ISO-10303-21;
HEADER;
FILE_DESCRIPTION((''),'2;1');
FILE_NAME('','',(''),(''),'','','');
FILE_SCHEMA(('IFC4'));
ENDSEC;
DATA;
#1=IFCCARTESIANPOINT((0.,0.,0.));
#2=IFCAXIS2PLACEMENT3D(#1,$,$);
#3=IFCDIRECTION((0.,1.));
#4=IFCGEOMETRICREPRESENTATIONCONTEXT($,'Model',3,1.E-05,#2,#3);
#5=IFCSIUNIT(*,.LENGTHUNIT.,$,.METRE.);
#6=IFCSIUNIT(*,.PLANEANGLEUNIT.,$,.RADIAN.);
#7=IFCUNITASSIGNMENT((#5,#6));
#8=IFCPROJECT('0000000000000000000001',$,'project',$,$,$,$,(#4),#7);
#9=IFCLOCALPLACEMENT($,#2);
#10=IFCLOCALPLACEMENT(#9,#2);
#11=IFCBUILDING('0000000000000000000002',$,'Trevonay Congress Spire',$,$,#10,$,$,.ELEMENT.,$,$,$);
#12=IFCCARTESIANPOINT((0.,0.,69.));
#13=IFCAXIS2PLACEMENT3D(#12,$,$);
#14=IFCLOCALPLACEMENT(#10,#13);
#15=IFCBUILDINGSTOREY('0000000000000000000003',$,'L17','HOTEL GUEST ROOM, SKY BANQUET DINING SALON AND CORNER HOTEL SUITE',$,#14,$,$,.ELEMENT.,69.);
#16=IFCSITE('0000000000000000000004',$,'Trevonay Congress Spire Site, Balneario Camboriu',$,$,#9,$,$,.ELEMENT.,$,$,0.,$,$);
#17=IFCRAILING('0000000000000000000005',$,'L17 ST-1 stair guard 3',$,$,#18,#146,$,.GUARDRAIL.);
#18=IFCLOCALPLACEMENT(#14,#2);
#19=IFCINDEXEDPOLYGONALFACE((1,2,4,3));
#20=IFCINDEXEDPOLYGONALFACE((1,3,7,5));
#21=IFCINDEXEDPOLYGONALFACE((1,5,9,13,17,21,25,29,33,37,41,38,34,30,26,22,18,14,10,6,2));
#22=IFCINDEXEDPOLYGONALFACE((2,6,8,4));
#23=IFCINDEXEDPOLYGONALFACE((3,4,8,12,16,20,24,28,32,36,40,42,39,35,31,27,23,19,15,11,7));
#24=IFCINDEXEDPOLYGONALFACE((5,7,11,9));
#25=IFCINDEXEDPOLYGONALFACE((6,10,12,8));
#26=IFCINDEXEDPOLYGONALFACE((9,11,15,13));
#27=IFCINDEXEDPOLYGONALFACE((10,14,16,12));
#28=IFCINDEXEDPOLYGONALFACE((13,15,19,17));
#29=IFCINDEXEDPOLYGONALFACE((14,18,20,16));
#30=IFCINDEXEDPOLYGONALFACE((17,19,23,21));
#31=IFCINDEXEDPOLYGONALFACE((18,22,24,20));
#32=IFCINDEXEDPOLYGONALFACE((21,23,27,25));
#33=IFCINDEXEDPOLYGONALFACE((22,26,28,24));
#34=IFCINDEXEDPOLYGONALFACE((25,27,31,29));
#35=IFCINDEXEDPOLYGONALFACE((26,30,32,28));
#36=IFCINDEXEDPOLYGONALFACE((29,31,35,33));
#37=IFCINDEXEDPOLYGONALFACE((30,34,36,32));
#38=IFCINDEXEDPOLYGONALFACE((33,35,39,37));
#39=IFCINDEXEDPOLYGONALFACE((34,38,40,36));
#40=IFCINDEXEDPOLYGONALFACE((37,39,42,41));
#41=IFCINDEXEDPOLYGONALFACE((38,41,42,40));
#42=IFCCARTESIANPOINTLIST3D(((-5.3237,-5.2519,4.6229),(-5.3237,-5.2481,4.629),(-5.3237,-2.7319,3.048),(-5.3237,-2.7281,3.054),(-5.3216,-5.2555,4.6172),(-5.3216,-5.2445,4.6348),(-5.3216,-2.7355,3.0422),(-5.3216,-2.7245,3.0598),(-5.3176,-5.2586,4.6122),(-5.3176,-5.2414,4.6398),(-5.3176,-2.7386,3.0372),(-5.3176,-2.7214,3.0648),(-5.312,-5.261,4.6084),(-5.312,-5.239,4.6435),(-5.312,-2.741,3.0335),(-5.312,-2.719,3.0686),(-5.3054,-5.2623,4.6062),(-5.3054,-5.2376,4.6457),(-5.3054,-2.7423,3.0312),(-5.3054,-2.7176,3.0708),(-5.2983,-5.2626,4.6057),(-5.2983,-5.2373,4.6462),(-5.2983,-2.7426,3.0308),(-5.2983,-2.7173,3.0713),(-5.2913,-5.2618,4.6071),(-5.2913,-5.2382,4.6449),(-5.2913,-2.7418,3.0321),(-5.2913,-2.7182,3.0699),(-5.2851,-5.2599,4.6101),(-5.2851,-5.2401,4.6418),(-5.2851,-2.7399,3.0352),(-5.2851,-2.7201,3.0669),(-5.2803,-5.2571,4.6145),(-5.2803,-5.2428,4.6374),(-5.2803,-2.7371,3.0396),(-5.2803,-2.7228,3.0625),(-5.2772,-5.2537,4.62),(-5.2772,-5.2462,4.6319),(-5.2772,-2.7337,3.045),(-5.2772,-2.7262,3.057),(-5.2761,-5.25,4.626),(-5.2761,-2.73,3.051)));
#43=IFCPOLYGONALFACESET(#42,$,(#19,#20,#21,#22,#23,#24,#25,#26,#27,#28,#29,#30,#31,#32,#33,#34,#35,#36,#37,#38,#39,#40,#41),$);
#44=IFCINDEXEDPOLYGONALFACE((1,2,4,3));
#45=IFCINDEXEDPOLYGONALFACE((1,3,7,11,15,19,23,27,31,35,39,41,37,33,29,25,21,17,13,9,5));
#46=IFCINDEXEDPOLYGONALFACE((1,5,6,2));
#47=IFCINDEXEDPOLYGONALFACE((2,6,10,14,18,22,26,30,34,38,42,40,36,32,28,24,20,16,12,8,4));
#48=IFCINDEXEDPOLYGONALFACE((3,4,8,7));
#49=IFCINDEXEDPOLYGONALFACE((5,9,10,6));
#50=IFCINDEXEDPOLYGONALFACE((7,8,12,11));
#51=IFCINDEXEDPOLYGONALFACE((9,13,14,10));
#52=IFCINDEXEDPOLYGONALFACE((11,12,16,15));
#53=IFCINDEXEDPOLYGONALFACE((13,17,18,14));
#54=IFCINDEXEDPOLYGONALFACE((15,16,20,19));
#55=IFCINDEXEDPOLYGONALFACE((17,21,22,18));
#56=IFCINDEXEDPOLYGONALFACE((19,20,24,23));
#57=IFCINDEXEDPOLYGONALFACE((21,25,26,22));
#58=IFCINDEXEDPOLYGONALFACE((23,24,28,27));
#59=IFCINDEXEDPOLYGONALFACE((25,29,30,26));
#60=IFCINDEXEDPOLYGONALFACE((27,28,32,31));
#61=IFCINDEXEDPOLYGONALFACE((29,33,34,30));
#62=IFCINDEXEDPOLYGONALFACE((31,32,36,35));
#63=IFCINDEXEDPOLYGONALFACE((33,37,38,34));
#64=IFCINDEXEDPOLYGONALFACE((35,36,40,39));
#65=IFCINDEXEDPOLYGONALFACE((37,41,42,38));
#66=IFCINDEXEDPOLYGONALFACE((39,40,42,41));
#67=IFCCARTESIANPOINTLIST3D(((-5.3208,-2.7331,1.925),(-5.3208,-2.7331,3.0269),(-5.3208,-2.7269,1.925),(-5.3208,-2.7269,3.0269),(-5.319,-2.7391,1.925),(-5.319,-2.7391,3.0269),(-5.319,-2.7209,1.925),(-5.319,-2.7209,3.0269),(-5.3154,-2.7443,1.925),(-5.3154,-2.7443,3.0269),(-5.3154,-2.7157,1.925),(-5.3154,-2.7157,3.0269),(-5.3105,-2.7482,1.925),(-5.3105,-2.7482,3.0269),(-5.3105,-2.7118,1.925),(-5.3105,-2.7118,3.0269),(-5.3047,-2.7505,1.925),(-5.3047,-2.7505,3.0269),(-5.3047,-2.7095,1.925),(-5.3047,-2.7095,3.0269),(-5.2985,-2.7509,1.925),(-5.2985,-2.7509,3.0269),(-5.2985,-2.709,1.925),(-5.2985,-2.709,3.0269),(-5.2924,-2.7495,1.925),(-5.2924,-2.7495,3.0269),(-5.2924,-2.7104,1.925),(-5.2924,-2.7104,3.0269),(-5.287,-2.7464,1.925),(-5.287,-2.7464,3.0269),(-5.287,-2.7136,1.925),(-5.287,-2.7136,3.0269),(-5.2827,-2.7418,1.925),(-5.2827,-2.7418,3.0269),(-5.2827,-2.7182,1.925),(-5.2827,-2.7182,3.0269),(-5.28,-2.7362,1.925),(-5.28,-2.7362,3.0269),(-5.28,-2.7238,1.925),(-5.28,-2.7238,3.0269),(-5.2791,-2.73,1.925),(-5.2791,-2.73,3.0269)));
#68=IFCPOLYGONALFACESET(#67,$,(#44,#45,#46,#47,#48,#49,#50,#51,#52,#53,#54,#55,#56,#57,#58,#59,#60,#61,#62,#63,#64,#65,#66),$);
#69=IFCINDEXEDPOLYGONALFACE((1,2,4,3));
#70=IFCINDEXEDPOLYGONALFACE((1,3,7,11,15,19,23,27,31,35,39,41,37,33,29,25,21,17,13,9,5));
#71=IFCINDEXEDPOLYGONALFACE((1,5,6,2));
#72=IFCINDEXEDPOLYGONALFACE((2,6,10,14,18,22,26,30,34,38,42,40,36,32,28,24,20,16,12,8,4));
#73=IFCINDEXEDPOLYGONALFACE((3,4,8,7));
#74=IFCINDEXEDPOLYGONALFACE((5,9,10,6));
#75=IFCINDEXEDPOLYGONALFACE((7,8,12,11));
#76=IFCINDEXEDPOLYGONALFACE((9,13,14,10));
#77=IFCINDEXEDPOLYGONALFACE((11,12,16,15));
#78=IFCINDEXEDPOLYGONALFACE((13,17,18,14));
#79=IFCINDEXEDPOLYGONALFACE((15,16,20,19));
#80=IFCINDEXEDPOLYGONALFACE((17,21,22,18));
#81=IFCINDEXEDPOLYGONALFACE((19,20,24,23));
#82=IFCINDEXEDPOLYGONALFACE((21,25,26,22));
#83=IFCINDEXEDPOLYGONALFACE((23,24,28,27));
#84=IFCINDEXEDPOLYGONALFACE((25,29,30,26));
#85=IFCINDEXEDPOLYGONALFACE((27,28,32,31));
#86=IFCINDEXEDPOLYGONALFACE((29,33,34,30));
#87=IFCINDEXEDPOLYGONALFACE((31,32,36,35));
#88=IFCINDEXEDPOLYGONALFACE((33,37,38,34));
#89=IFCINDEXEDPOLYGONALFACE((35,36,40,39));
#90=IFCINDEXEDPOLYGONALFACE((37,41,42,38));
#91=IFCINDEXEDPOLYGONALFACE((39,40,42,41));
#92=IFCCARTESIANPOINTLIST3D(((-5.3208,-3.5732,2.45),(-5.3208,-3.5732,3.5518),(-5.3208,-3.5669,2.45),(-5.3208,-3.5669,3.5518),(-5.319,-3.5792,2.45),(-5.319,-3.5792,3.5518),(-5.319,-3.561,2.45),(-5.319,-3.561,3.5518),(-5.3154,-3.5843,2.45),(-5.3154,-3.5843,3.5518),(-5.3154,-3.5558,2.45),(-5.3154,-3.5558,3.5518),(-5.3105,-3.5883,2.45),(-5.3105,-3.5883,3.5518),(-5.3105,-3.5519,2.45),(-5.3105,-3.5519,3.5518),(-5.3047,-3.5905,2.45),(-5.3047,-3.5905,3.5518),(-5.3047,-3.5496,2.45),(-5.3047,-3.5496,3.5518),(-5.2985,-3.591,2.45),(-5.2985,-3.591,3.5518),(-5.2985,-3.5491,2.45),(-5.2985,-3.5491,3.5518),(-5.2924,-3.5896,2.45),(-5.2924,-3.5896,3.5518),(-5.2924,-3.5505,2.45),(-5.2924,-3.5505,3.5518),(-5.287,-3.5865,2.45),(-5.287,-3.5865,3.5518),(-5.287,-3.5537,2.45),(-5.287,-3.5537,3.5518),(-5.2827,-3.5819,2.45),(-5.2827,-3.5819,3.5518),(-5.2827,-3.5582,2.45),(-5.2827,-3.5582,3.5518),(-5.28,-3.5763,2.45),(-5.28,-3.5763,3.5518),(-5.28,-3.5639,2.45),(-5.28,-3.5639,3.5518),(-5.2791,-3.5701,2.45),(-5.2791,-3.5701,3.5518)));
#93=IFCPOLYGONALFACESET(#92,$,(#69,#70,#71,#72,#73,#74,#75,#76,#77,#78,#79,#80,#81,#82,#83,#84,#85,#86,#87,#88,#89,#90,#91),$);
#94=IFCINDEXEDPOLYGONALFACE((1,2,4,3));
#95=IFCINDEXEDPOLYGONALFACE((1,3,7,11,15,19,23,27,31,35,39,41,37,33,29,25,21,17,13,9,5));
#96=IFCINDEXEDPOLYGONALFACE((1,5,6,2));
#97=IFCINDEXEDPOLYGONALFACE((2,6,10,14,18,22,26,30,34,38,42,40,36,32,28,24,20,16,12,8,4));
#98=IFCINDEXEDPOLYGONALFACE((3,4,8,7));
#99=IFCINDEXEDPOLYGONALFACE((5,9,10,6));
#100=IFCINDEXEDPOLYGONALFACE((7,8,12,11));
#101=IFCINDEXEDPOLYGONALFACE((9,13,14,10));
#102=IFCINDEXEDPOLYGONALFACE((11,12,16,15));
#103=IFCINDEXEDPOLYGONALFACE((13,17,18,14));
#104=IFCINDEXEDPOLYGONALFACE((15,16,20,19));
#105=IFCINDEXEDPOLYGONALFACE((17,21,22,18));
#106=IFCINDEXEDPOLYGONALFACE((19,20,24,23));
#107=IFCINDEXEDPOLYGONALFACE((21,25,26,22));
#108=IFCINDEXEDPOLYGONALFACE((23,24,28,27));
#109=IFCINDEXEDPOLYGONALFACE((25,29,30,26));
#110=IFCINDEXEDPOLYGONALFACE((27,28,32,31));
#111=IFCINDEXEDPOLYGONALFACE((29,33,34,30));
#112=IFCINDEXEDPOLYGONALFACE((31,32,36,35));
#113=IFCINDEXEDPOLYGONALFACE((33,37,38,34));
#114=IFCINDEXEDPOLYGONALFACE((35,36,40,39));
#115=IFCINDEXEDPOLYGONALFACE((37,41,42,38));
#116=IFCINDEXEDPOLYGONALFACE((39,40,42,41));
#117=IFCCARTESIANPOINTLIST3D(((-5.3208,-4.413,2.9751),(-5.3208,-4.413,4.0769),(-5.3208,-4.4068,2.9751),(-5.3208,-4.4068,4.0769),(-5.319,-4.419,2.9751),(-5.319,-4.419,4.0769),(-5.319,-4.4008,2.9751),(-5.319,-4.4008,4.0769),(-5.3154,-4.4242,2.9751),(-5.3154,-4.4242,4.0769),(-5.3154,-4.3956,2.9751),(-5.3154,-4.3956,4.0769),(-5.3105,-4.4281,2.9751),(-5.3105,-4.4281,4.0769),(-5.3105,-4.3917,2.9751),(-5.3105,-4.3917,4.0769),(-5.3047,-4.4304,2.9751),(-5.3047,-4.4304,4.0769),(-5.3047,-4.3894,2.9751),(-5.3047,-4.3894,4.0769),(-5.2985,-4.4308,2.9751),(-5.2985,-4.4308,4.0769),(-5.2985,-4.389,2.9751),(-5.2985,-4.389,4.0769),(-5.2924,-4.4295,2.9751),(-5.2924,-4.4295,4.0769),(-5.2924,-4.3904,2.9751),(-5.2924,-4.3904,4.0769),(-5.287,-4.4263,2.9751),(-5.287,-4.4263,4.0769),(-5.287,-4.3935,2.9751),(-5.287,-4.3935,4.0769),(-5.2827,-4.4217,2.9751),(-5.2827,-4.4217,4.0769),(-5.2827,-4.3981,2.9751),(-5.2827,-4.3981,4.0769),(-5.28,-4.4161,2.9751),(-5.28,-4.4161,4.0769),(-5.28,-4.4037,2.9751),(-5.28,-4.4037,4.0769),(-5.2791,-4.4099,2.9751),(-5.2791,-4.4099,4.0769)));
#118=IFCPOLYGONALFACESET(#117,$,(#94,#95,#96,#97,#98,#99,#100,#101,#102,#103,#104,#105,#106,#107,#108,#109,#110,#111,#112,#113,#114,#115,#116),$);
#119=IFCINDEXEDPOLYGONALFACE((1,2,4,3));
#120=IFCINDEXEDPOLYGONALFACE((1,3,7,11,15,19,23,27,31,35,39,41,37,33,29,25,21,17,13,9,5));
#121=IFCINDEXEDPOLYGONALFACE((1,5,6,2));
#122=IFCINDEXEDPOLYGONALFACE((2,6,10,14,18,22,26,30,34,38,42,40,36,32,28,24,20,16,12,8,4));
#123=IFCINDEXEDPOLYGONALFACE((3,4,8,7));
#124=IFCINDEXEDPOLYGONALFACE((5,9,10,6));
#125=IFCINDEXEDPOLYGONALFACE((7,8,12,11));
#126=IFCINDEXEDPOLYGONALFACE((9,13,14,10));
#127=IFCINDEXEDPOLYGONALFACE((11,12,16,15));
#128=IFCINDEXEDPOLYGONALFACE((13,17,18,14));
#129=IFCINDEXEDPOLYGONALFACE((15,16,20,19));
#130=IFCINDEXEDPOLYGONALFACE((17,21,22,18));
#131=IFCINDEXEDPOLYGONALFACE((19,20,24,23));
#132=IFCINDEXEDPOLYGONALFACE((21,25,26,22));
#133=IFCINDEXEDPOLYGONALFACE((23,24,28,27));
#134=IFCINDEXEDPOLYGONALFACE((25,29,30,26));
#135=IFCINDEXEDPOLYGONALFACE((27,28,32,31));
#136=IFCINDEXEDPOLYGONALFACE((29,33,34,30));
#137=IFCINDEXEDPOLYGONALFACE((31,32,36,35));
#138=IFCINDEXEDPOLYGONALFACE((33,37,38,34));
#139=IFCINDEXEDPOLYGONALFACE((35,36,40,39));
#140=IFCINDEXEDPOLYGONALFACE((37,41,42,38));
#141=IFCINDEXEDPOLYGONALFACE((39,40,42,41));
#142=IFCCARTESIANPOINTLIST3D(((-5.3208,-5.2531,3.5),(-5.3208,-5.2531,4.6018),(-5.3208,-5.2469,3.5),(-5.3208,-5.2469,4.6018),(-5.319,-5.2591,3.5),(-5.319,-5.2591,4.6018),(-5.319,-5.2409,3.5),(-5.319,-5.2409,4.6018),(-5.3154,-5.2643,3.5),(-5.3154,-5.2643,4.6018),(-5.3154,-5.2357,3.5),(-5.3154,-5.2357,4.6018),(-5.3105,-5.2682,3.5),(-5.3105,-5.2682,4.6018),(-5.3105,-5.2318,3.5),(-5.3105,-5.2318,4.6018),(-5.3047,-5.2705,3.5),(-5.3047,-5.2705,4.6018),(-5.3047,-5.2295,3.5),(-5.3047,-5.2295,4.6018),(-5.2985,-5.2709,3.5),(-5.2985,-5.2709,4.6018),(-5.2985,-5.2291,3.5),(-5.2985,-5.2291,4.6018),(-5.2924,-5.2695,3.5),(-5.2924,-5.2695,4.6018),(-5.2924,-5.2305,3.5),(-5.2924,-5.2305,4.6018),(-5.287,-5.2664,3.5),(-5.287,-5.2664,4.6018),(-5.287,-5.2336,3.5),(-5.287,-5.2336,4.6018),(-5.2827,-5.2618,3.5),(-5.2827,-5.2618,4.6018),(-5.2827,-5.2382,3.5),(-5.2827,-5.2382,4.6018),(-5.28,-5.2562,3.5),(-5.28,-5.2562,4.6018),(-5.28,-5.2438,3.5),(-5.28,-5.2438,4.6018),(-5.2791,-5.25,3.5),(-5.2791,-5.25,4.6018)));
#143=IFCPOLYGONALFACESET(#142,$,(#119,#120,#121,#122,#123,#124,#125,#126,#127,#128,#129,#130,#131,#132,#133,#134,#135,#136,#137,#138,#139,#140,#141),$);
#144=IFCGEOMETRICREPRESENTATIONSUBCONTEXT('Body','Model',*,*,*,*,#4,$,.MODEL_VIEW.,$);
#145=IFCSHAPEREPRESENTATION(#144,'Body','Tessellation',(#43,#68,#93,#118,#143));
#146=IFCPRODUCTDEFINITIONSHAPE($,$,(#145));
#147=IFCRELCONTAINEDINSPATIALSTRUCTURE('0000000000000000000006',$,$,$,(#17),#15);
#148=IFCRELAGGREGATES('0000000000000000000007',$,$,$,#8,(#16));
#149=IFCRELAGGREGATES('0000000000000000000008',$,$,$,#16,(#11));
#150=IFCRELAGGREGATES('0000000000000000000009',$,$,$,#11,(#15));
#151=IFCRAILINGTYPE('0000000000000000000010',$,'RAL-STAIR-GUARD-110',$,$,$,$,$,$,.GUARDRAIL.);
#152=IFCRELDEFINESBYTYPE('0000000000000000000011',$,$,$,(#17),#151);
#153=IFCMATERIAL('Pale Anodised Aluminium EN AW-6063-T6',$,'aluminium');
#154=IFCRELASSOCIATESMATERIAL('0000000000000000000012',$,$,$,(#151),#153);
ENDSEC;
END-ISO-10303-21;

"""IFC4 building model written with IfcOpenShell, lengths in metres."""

from ifc_helpers import new_model, si_unit, direction, frame, origin, origin_2d, place, context, subcontext, project, spatial, circle, extrude, material, type_object, element, save


model = new_model("IFC4")

# Units and contexts
model_context = context("Model", 3, precision=1e-05, world=origin(), true_north=direction((0.0, 1.0)))
body_context = subcontext(model_context, "Body", "Model", "MODEL_VIEW")
ifc_project = project(units=[si_unit("LENGTHUNIT", "METRE"), si_unit("PLANEANGLEUNIT", "RADIAN")], contexts=[model_context])

# Site, building, storey
site_placement = place(None, origin())
site = spatial("IfcSite", under=ifc_project, at=site_placement, Name="Trevonay Congress Spire Site, Balneario Camboriu", CompositionType="ELEMENT", RefElevation=0.0)
building_placement = place(site_placement, origin())
building = spatial("IfcBuilding", under=site, at=building_placement, Name="Trevonay Congress Spire", CompositionType="ELEMENT")
storey_placement = place(building_placement, frame((0.0, 0.0, 69.0)))
storey = spatial("IfcBuildingStorey", under=building, at=storey_placement, Name="L17", Description="HOTEL GUEST ROOM, SKY BANQUET DINING SALON AND CORNER HOTEL SUITE", CompositionType="ELEMENT", Elevation=69.0)

# Shared definitions
ifc_material_1 = material(Name="Pale Anodised Aluminium EN AW-6063-T6", Category="aluminium")

# Railing
railing_type_1 = type_object("IfcRailingType", Name="RAL-STAIR-GUARD-110", PredefinedType="GUARDRAIL", material=ifc_material_1)
railing_1_placement = place(storey_placement, frame((-5.3, -2.73, 1.925)))
element("IfcRailing", 1, at=railing_1_placement, inside=storey, type_object=railing_type_1, Name="L17 ST-1 stair guard 3", PredefinedType="GUARDRAIL", context=body_context, shape_type="SweptSolid", body=[
    extrude(circle(Radius=0.0239, at=origin_2d()), frame((0.0, 0.0, 1.126), z_axis=(0.0, -0.848008, 0.529984), x_axis=(1.0, 0.0, 0.0)), (0.0, 0.0, 1.0), 2.9717),
    extrude(circle(Radius=0.021, at=origin_2d()), origin(), (0.0, 0.0, 1.0), 1.1018),
    extrude(circle(Radius=0.021, at=origin_2d()), frame((0.0, -0.8401, 0.5249)), (0.0, 0.0, 1.0), 1.1018),
    extrude(circle(Radius=0.021, at=origin_2d()), frame((0.0, -1.6799, 1.05)), (0.0, 0.0, 1.0), 1.1018),
    extrude(circle(Radius=0.021, at=origin_2d()), frame((0.0, -2.52, 1.575)), (0.0, 0.0, 1.0), 1.1018),
])

save(model, "model.ifc")
